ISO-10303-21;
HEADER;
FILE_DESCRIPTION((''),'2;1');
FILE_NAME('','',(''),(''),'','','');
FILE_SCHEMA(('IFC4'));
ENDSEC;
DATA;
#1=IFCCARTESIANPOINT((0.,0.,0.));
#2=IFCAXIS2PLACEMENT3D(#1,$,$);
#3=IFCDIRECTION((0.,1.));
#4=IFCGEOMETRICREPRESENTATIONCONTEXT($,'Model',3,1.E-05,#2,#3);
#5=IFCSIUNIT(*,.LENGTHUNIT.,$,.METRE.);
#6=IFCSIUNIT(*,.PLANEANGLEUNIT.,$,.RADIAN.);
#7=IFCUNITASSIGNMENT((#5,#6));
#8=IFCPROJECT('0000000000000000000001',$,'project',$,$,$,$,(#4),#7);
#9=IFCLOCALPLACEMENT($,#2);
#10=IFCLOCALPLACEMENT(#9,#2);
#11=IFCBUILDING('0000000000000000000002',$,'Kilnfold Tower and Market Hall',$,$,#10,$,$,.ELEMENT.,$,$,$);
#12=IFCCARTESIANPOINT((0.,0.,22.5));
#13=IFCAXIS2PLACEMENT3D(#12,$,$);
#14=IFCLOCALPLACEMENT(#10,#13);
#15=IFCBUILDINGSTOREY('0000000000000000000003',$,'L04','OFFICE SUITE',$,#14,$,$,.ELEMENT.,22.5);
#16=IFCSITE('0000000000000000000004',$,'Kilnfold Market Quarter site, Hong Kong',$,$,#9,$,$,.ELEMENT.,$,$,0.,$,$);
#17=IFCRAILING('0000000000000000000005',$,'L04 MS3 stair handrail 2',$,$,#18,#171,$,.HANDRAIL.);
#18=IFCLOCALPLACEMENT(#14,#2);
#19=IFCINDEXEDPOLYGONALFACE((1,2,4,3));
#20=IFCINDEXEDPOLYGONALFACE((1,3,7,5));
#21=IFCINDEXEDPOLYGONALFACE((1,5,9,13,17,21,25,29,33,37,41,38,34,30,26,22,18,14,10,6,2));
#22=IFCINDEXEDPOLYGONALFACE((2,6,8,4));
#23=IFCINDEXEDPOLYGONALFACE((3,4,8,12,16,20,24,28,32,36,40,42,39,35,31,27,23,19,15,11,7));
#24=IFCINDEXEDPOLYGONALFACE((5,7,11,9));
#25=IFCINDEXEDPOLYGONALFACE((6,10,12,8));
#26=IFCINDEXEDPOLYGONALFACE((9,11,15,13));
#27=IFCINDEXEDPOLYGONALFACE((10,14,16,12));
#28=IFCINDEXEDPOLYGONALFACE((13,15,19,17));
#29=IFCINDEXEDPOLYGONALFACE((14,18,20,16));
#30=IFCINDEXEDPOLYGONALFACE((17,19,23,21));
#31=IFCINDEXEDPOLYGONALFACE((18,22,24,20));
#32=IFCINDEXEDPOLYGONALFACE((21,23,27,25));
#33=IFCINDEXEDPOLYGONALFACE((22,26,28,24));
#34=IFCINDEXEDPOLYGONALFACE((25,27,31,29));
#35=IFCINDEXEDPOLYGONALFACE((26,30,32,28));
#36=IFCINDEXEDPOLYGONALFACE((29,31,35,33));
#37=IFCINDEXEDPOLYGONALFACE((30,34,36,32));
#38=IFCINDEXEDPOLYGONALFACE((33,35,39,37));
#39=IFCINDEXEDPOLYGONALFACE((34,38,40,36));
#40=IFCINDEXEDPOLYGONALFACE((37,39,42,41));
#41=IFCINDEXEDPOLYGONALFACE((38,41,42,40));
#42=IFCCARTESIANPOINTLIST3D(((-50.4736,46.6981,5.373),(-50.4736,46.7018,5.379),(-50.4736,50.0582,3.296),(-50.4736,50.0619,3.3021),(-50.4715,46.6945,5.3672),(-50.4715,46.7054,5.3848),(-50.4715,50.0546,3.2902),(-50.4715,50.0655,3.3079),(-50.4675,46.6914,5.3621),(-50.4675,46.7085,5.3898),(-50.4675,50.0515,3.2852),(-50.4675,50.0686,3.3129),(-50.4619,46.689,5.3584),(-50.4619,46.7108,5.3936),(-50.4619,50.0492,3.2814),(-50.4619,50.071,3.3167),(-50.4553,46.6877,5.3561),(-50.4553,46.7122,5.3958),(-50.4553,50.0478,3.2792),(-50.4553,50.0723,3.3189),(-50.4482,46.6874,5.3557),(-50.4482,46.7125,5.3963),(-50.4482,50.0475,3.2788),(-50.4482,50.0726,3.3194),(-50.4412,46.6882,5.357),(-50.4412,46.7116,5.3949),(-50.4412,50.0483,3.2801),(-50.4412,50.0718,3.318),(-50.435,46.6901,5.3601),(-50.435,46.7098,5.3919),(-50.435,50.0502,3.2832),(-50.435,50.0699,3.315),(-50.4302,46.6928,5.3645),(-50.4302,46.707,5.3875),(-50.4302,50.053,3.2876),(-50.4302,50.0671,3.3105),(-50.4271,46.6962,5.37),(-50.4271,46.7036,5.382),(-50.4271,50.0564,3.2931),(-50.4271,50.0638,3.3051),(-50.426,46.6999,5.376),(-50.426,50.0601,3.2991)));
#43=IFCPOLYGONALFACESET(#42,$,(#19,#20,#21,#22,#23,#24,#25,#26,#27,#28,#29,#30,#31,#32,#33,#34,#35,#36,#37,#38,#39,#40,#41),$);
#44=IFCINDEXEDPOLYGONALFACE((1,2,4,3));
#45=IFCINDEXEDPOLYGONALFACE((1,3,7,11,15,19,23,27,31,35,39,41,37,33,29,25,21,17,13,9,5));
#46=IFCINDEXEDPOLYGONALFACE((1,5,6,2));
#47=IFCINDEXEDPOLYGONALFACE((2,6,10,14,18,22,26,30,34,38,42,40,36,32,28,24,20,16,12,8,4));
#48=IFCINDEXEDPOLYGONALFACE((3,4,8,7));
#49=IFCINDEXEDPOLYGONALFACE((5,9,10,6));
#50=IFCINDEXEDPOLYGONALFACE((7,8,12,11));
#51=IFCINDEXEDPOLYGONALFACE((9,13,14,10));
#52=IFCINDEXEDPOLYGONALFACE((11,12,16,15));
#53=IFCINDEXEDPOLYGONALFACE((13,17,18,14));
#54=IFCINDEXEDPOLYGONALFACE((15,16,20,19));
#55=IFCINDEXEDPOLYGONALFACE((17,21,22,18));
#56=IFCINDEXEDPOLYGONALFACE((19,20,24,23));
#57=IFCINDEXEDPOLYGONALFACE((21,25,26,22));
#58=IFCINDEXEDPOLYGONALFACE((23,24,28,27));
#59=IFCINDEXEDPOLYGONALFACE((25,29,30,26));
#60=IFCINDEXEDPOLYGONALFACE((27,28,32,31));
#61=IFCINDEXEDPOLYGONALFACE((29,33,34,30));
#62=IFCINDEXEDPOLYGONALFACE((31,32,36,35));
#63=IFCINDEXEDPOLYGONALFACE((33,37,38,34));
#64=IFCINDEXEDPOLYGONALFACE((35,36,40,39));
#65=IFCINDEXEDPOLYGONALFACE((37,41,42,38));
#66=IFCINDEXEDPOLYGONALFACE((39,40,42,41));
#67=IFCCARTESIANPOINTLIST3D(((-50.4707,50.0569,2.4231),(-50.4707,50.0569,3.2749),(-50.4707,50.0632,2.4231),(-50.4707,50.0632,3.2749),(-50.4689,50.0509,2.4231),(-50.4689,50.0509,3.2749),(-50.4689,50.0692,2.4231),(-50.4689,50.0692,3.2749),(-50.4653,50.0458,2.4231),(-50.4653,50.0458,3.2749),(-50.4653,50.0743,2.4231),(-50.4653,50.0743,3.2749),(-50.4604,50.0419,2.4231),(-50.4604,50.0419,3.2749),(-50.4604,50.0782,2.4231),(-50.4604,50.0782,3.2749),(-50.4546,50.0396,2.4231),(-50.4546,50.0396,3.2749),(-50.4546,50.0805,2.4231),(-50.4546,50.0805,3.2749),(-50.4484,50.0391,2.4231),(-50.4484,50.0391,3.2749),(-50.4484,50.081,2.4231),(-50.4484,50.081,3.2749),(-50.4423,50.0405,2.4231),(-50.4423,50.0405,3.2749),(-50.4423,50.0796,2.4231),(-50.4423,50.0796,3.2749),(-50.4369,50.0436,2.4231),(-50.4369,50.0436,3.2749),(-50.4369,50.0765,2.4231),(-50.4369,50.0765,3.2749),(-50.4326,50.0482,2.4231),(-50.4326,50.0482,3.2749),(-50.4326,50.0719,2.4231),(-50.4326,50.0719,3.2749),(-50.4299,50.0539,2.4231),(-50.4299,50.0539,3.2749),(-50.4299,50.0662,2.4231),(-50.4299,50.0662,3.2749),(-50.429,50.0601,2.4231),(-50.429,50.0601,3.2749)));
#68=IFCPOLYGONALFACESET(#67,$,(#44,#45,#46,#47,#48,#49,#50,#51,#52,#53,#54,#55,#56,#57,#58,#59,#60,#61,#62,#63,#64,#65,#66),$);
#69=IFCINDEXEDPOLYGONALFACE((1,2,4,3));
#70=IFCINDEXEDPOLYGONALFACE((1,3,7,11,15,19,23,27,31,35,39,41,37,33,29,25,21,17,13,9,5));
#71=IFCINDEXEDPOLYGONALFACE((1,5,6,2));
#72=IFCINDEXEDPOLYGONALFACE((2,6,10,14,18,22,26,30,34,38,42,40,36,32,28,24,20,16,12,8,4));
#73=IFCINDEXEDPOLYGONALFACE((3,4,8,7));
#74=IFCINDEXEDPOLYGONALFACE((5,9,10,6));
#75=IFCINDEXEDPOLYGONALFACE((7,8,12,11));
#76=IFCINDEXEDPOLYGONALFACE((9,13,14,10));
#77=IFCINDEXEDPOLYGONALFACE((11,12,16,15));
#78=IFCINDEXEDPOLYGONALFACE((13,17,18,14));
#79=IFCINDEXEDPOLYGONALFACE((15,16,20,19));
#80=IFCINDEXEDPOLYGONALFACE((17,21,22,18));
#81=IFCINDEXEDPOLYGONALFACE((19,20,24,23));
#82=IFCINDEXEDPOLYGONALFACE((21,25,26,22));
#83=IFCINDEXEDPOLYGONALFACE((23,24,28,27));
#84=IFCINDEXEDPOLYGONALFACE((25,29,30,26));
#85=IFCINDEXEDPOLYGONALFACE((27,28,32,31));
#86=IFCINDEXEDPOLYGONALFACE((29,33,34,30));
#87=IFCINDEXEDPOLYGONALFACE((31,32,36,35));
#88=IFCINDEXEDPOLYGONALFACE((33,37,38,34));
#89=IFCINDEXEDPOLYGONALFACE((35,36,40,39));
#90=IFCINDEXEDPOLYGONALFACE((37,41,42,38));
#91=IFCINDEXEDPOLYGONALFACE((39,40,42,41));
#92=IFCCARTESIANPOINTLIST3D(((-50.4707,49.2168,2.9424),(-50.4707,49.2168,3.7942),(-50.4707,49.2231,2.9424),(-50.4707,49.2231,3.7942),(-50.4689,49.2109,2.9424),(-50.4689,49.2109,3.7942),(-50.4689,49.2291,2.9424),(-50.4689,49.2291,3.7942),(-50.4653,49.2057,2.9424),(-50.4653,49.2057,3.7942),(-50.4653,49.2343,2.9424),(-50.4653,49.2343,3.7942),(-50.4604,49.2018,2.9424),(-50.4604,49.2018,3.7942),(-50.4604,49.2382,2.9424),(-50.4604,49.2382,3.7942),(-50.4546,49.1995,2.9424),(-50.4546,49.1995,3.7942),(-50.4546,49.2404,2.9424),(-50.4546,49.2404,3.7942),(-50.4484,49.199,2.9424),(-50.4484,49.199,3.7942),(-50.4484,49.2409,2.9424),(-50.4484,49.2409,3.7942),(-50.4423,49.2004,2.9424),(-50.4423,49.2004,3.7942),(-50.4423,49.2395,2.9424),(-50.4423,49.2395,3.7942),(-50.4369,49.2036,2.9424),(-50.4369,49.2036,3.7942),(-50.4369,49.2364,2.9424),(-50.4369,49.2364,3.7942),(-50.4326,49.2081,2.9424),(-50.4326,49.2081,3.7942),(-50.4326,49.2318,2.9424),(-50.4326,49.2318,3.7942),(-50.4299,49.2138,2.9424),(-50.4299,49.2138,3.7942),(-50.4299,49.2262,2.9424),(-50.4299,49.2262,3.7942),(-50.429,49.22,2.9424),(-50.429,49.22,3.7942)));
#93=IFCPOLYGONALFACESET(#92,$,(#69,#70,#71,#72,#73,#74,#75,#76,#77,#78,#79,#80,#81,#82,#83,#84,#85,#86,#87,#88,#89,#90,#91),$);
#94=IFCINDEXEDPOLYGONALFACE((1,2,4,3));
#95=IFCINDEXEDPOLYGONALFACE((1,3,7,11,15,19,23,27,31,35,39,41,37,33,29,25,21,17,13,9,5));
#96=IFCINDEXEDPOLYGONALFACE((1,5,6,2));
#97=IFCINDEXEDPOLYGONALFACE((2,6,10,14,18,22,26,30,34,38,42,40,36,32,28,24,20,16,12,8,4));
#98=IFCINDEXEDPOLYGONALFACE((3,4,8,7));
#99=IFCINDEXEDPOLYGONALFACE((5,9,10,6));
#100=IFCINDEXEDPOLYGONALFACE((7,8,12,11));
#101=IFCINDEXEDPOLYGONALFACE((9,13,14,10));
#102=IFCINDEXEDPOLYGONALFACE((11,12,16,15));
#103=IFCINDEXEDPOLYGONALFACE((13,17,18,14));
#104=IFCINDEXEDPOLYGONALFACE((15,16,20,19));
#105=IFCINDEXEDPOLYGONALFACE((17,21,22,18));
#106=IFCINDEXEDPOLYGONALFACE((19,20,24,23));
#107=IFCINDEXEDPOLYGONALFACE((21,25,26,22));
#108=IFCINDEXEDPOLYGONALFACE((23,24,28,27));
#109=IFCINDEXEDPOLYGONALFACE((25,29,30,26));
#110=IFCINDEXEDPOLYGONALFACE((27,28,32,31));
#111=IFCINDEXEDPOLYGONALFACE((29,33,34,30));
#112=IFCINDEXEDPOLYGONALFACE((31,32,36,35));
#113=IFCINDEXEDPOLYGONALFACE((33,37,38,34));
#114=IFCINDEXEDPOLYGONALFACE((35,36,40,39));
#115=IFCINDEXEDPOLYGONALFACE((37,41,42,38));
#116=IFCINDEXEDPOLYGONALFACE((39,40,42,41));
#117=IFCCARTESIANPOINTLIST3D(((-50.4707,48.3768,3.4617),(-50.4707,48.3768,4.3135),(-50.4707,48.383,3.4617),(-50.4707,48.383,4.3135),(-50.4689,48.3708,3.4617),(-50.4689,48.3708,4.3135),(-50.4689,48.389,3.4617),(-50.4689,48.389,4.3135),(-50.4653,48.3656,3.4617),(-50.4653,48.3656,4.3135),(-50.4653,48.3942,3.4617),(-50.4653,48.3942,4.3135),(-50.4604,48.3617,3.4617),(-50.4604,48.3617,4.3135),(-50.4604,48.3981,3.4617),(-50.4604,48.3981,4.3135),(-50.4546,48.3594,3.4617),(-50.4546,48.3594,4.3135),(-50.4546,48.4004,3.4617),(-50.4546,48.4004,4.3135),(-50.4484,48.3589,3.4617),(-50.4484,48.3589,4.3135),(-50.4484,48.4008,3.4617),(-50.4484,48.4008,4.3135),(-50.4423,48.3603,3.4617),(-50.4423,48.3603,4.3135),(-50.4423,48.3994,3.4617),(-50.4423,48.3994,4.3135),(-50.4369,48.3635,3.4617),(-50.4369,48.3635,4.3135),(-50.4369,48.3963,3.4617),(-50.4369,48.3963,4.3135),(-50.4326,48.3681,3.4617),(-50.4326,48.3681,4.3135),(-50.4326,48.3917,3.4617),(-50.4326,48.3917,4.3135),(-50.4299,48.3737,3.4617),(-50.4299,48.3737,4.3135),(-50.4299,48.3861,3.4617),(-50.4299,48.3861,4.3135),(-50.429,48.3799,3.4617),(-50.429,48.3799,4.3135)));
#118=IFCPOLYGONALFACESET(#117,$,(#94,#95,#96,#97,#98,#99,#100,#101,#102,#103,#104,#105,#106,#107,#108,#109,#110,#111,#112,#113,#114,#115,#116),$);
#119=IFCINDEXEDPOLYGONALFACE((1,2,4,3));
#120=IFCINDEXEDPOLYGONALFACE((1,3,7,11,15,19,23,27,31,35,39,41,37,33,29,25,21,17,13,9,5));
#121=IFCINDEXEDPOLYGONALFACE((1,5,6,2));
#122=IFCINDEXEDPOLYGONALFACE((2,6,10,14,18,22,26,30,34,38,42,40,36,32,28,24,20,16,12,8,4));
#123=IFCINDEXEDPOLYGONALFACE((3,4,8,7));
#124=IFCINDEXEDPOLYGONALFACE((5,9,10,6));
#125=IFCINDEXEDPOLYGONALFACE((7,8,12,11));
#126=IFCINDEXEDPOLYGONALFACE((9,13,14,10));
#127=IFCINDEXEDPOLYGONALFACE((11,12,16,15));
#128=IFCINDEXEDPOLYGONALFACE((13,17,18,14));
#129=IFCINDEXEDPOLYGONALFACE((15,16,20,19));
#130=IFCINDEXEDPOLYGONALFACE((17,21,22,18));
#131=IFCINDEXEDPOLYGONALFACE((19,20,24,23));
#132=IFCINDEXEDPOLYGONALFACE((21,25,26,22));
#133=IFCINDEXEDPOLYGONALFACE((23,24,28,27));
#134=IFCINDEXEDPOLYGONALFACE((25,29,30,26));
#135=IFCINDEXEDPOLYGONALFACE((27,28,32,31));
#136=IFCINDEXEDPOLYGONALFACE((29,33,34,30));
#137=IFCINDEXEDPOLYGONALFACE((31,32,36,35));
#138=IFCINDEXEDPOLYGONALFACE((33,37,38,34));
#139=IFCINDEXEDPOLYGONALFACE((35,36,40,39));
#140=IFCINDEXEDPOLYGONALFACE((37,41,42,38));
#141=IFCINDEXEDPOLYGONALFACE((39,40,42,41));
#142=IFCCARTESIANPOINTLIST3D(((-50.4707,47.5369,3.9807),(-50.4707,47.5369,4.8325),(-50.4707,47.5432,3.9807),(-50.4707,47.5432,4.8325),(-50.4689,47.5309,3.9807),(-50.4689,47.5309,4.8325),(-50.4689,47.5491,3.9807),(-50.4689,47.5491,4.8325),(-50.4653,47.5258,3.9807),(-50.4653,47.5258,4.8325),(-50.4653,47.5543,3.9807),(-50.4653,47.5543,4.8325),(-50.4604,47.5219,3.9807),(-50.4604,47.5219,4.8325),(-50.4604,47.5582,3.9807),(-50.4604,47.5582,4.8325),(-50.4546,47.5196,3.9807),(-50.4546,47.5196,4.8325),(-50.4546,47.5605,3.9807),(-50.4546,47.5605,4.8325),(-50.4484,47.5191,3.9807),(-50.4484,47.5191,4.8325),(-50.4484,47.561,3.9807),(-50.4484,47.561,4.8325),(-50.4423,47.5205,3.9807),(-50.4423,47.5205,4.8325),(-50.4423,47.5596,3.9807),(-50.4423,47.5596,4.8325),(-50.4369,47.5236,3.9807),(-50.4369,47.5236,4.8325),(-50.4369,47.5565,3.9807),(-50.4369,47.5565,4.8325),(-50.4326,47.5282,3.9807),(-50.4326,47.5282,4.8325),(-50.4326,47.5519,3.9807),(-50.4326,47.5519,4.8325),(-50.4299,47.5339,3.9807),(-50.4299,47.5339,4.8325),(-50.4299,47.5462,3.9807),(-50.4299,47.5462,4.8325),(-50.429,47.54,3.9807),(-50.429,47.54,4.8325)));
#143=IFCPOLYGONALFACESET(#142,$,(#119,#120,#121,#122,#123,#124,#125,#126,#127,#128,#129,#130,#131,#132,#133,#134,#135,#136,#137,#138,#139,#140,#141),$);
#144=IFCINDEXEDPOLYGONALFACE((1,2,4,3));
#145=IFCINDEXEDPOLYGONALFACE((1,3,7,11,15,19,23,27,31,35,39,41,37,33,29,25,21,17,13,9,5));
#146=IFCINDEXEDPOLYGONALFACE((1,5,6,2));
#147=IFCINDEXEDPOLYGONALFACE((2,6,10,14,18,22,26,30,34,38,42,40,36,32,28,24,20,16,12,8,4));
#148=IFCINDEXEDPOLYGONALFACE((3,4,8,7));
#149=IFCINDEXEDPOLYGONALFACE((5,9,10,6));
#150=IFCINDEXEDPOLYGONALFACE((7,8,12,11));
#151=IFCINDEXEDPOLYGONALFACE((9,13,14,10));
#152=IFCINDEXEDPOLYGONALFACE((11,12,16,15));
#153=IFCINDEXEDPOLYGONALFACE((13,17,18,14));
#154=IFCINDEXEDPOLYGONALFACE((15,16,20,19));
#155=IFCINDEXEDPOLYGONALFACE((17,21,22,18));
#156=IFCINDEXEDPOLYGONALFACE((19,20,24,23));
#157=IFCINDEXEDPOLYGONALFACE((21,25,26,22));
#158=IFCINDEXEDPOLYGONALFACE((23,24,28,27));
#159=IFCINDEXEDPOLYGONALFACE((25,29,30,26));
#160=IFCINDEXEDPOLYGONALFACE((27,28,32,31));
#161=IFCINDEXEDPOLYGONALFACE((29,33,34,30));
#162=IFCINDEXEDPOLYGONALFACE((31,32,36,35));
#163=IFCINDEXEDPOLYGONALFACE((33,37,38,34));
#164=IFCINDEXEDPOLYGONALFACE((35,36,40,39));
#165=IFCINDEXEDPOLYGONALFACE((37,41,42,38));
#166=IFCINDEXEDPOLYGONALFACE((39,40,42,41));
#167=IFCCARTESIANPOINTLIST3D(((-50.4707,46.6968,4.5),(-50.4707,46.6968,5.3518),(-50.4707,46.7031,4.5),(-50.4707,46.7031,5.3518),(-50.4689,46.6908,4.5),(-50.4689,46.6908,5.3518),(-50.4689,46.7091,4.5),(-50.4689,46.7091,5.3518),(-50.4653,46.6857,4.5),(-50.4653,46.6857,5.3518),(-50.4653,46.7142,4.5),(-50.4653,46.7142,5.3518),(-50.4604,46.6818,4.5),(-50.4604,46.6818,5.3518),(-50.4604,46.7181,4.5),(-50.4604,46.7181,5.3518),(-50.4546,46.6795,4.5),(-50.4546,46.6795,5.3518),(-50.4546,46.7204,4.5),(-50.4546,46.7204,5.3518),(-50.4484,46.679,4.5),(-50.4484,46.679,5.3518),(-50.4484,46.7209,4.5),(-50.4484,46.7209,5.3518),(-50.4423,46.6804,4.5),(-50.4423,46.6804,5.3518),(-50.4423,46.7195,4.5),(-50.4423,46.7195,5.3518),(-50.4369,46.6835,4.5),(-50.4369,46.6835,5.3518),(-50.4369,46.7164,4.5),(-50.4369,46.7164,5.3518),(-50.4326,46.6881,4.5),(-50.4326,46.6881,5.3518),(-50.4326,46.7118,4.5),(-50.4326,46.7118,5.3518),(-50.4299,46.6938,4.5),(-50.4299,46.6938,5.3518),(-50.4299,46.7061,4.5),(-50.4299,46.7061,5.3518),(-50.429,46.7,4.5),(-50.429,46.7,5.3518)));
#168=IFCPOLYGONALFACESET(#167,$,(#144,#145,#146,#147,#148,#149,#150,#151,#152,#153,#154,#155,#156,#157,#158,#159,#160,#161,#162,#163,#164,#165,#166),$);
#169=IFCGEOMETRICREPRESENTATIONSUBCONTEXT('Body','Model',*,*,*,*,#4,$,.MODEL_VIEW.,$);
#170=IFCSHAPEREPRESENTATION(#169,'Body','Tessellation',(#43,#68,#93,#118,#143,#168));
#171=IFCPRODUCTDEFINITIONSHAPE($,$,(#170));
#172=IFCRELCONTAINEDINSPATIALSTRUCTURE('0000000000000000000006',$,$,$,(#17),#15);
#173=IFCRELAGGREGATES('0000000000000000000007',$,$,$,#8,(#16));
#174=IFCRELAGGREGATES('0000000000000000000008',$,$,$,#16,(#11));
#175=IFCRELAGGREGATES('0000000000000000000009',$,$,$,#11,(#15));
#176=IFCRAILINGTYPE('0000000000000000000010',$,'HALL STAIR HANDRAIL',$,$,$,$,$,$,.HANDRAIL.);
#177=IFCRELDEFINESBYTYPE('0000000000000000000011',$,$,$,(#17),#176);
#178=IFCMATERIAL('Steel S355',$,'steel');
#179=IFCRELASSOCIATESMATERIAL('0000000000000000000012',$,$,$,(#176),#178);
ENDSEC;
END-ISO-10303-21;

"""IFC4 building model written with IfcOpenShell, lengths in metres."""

from ifc_helpers import new_model, si_unit, direction, frame, origin, origin_2d, place, context, subcontext, project, spatial, circle, extrude, material, type_object, element, save


model = new_model("IFC4")

# Units and contexts
model_context = context("Model", 3, precision=1e-05, world=origin(), true_north=direction((0.0, 1.0)))
body_context = subcontext(model_context, "Body", "Model", "MODEL_VIEW")
ifc_project = project(units=[si_unit("LENGTHUNIT", "METRE"), si_unit("PLANEANGLEUNIT", "RADIAN")], contexts=[model_context])

# Site, building, storey
site_placement = place(None, origin())
site = spatial("IfcSite", under=ifc_project, at=site_placement, Name="Kilnfold Market Quarter site, Hong Kong", CompositionType="ELEMENT", RefElevation=0.0)
building_placement = place(site_placement, origin())
building = spatial("IfcBuilding", under=site, at=building_placement, Name="Kilnfold Tower and Market Hall", CompositionType="ELEMENT")
storey_placement = place(building_placement, frame((0.0, 0.0, 22.5)))
storey = spatial("IfcBuildingStorey", under=building, at=storey_placement, Name="L04", Description="OFFICE SUITE", CompositionType="ELEMENT", Elevation=22.5)

# Railing
ifc_material_1 = material(Name="Steel S355", Category="steel")
railing_type_1 = type_object("IfcRailingType", Name="HALL STAIR HANDRAIL", PredefinedType="HANDRAIL", material=ifc_material_1)
railing_1_placement = place(storey_placement, frame((-50.45, 50.0601, 2.4231)))
element("IfcRailing", 1, at=railing_1_placement, inside=storey, type_object=railing_type_1, Name="L04 MS3 stair handrail 2", PredefinedType="HANDRAIL", context=body_context, shape_type="SweptSolid", body=[
    extrude(circle(Radius=0.0239, at=origin_2d()), frame((0.0, 0.0, 0.876), z_axis=(0.0, -0.850623, 0.525776), x_axis=(1.0, 0.0, 0.0)), (0.0, 0.0, 1.0), 3.9502),
    extrude(circle(Radius=0.021, at=origin_2d()), origin(), (0.0, 0.0, 1.0), 0.8518),
    extrude(circle(Radius=0.021, at=origin_2d()), frame((0.0, -0.8401, 0.5193)), (0.0, 0.0, 1.0), 0.8518),
    extrude(circle(Radius=0.021, at=origin_2d()), frame((0.0, -1.6802, 1.0386)), (0.0, 0.0, 1.0), 0.8518),
    extrude(circle(Radius=0.021, at=origin_2d()), frame((0.0, -2.52, 1.5576)), (0.0, 0.0, 1.0), 0.8518),
    extrude(circle(Radius=0.021, at=origin_2d()), frame((0.0, -3.3601, 2.0769)), (0.0, 0.0, 1.0), 0.8518),
])

save(model, "model.ifc")
